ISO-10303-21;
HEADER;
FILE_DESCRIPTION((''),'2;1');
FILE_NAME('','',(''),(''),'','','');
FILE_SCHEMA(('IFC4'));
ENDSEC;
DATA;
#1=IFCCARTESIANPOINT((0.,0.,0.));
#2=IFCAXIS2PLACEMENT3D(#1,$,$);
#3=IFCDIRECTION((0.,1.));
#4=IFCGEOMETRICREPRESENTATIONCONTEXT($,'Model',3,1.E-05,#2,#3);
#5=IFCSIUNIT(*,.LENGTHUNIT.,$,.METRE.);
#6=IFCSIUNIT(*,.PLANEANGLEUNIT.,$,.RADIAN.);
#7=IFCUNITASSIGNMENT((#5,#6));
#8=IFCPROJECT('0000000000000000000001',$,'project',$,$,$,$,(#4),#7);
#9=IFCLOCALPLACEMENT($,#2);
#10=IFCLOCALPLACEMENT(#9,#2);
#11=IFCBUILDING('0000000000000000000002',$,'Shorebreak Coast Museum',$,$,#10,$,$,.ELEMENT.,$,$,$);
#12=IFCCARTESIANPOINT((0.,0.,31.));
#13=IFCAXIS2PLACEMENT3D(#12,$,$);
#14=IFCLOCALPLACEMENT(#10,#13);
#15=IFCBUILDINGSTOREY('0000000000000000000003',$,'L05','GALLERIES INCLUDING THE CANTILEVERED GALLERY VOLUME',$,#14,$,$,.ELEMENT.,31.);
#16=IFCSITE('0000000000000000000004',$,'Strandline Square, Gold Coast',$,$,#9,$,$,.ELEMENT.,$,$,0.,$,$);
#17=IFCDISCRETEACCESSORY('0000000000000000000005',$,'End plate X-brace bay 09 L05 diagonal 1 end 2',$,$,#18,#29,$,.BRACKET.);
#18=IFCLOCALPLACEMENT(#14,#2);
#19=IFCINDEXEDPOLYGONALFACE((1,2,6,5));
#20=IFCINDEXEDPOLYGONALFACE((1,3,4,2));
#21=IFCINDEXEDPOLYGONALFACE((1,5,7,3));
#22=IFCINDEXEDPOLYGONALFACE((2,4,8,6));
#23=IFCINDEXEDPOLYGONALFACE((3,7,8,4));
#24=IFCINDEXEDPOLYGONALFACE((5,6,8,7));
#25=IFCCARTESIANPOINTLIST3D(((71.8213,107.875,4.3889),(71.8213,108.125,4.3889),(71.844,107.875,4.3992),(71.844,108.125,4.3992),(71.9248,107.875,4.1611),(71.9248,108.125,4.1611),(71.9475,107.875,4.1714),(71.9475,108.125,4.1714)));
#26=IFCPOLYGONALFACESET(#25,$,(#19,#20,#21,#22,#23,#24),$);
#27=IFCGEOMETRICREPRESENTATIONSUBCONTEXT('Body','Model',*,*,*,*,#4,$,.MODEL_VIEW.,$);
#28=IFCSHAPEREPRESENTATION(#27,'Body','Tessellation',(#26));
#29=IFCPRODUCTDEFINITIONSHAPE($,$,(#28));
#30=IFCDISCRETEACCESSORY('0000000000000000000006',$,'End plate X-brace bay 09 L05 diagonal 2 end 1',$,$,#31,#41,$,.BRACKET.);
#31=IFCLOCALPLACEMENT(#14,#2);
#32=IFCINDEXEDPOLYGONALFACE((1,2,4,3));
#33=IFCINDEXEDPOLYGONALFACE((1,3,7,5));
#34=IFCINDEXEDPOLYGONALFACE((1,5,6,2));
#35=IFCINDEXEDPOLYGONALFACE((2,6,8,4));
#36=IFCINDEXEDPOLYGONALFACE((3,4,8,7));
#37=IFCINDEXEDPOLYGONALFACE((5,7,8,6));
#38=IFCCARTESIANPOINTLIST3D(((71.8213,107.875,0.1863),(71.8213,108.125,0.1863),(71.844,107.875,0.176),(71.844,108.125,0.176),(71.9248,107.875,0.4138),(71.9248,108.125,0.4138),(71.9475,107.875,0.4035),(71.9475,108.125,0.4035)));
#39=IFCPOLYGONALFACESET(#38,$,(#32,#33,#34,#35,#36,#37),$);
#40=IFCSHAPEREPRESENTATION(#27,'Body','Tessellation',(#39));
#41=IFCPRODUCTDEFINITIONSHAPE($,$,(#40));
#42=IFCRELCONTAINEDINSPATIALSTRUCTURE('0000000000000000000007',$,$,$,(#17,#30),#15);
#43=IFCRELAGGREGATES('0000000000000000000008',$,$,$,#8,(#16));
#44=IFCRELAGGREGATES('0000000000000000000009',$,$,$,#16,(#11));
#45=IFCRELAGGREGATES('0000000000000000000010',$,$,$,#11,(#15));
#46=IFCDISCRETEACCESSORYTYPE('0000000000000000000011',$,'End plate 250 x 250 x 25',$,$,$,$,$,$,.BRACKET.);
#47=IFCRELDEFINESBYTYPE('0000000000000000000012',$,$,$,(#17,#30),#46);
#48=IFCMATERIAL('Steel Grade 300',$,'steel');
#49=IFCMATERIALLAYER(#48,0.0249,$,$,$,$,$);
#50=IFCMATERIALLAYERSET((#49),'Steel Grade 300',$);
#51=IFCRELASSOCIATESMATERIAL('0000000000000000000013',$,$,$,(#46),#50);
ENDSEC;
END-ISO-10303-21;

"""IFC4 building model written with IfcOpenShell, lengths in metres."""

from ifc_helpers import new_model, si_unit, direction, frame, origin, place, context, subcontext, project, spatial, polyline, outline, extrude, material, layer, layer_set, type_object, element, save


model = new_model("IFC4")

# Units and contexts
model_context = context("Model", 3, precision=1e-05, world=origin(), true_north=direction((0.0, 1.0)))
body_context = subcontext(model_context, "Body", "Model", "MODEL_VIEW")
ifc_project = project(units=[si_unit("LENGTHUNIT", "METRE"), si_unit("PLANEANGLEUNIT", "RADIAN")], contexts=[model_context])

# Site, building, storey
site_placement = place(None, origin())
site = spatial("IfcSite", under=ifc_project, at=site_placement, Name="Strandline Square, Gold Coast", CompositionType="ELEMENT", RefElevation=0.0)
building_placement = place(site_placement, origin())
building = spatial("IfcBuilding", under=site, at=building_placement, Name="Shorebreak Coast Museum", CompositionType="ELEMENT")
storey_placement = place(building_placement, frame((0.0, 0.0, 31.0)))
storey = spatial("IfcBuildingStorey", under=building, at=storey_placement, Name="L05", Description="GALLERIES INCLUDING THE CANTILEVERED GALLERY VOLUME", CompositionType="ELEMENT", Elevation=31.0)

# Discrete accessories
ifc_material_1 = material(Name="Steel Grade 300", Category="steel")
ifc_layer_1 = layer(ifc_material_1, 0.0249)
ifc_layer_set_1 = layer_set([ifc_layer_1], Name="Steel Grade 300")
discrete_accessory_type = type_object("IfcDiscreteAccessoryType", Name="End plate 250 x 250 x 25", PredefinedType="BRACKET", material=ifc_layer_set_1)
discrete_accessory_1_placement = place(storey_placement, frame((71.9475, 107.875, 4.1714), z_axis=(0.9104, 0.0, 0.413729), x_axis=(0.0, 1.0, 0.0)))
element("IfcDiscreteAccessory", 1, at=discrete_accessory_1_placement, inside=storey, type_object=discrete_accessory_type, Name="End plate X-brace bay 09 L05 diagonal 1 end 2", PredefinedType="BRACKET", context=body_context, shape_type="SweptSolid", body=[
    extrude(outline(polyline([(0.0, 0.0), (0.25, 0.0), (0.25, 0.2502), (0.0, 0.2502), (0.0, 0.0)])), origin(), (0.0, 0.0, -1.0), 0.0249),
])
discrete_accessory_2_placement = place(storey_placement, frame((71.8213, 108.125, 0.1863), z_axis=(-0.910233, 0.0, 0.414097), x_axis=(0.0, -1.0, 0.0)))
element("IfcDiscreteAccessory", 2, at=discrete_accessory_2_placement, inside=storey, type_object=discrete_accessory_type, Name="End plate X-brace bay 09 L05 diagonal 2 end 1", PredefinedType="BRACKET", context=body_context, shape_type="SweptSolid", body=[
    extrude(outline(polyline([(0.0, 0.0), (0.25, 0.0), (0.25, 0.25), (0.0, 0.25), (0.0, 0.0)])), origin(), (0.0, 0.0, -1.0), 0.0249),
])

save(model, "model.ifc")
